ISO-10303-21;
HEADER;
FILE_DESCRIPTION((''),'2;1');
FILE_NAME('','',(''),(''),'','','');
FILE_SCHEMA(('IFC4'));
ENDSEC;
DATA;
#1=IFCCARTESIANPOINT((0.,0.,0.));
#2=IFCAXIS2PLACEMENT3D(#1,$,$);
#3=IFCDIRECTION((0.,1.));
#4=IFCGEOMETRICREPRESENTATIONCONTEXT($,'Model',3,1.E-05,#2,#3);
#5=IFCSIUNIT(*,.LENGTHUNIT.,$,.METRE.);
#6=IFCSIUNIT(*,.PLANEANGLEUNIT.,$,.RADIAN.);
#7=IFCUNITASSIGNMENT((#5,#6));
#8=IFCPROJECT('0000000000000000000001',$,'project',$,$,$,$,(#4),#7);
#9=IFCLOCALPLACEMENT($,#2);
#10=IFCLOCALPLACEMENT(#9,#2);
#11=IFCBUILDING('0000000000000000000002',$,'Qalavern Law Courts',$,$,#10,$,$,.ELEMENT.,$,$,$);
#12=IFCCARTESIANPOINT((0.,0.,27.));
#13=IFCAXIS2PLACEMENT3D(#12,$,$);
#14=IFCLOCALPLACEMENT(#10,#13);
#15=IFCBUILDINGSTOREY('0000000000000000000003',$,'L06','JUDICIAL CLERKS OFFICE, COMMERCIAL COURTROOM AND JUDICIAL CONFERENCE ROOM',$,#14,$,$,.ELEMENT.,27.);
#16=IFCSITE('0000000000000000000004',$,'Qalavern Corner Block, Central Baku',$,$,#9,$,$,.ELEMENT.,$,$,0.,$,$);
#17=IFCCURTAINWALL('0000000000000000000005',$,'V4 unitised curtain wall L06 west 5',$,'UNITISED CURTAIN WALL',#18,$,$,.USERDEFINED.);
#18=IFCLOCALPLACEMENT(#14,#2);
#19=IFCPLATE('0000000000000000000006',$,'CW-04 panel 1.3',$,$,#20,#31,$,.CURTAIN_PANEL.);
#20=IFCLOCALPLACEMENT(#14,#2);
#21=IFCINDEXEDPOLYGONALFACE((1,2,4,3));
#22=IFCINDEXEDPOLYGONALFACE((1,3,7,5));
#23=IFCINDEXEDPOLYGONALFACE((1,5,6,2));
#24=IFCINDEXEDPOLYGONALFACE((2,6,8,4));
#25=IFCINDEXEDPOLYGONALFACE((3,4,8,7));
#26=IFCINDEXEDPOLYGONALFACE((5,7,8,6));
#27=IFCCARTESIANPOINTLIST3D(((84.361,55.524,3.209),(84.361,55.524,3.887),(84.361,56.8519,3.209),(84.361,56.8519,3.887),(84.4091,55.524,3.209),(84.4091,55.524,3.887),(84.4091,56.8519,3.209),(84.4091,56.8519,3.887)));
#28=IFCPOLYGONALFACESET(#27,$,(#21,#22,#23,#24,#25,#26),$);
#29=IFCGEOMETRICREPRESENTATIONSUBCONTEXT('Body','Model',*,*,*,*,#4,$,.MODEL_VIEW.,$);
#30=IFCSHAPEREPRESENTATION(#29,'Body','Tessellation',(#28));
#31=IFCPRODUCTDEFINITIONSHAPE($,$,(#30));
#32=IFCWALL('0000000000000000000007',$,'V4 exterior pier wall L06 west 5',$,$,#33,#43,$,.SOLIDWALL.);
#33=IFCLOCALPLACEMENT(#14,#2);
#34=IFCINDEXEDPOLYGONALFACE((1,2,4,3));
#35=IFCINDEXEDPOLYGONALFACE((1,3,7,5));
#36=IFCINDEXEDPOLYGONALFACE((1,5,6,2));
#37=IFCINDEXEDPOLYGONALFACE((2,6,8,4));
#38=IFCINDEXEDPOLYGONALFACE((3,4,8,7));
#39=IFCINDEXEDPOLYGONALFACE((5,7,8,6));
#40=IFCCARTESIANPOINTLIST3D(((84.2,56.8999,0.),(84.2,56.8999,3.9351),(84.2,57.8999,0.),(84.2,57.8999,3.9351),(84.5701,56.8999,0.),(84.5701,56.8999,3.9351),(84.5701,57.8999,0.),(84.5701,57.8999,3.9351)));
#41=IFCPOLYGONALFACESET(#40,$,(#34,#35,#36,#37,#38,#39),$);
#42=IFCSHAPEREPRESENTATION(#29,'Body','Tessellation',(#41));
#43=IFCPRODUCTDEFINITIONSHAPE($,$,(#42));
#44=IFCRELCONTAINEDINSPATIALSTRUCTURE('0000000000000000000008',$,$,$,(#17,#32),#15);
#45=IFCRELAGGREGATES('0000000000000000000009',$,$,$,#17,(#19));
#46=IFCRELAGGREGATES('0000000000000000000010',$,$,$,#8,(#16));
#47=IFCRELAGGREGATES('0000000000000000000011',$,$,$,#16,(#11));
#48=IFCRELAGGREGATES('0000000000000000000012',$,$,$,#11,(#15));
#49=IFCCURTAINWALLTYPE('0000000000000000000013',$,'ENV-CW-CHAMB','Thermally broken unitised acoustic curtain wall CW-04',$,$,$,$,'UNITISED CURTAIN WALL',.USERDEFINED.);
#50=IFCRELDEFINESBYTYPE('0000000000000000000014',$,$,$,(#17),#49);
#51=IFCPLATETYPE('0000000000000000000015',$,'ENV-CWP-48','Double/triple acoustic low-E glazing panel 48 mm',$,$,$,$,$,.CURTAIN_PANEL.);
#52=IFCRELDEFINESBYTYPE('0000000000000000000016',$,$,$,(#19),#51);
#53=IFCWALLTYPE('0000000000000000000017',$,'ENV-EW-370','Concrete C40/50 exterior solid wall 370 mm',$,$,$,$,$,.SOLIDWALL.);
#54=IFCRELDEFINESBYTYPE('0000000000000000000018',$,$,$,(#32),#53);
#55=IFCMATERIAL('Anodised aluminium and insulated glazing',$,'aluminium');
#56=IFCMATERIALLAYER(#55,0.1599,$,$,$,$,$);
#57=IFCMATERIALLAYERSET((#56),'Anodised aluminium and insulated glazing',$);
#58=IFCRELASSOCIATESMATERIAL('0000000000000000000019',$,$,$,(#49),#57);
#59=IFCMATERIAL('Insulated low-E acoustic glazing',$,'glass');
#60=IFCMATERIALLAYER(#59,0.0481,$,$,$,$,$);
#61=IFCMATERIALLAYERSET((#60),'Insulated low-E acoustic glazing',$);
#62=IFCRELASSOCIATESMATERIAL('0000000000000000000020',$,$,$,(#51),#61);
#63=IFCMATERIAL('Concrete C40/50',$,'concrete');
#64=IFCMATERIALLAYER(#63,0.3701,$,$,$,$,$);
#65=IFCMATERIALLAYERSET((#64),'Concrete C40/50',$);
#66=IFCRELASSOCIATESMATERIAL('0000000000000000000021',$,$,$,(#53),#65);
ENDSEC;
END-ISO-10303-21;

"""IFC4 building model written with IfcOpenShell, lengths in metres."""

from ifc_helpers import new_model, si_unit, direction, frame, frame_2d, origin, origin_2d, place, context, subcontext, project, spatial, rectangle, extrude, material, layer, layer_set, type_object, element, aggregate, save


model = new_model("IFC4")

# Units and contexts
model_context = context("Model", 3, precision=1e-05, world=origin(), true_north=direction((0.0, 1.0)))
body_context = subcontext(model_context, "Body", "Model", "MODEL_VIEW")
ifc_project = project(units=[si_unit("LENGTHUNIT", "METRE"), si_unit("PLANEANGLEUNIT", "RADIAN")], contexts=[model_context])

# Site, building, storey
site_placement = place(None, origin())
site = spatial("IfcSite", under=ifc_project, at=site_placement, Name="Qalavern Corner Block, Central Baku", CompositionType="ELEMENT", RefElevation=0.0)
building_placement = place(site_placement, origin())
building = spatial("IfcBuilding", under=site, at=building_placement, Name="Qalavern Law Courts", CompositionType="ELEMENT")
storey_placement = place(building_placement, frame((0.0, 0.0, 27.0)))
storey = spatial("IfcBuildingStorey", under=building, at=storey_placement, Name="L06", Description="JUDICIAL CLERKS OFFICE, COMMERCIAL COURTROOM AND JUDICIAL CONFERENCE ROOM", CompositionType="ELEMENT", Elevation=27.0)

# Curtain wall
ifc_material_1 = material(Name="Anodised aluminium and insulated glazing", Category="aluminium")
ifc_layer_1 = layer(ifc_material_1, 0.1599)
ifc_layer_set_1 = layer_set([ifc_layer_1], Name="Anodised aluminium and insulated glazing")
curtain_wall_type = type_object("IfcCurtainWallType", Name="ENV-CW-CHAMB", Description="Thermally broken unitised acoustic curtain wall CW-04", ElementType="UNITISED CURTAIN WALL", PredefinedType="USERDEFINED", material=ifc_layer_set_1)
curtain_wall_1_placement = place(storey_placement, origin())
curtain_wall_1 = element("IfcCurtainWall", 1, at=curtain_wall_1_placement, inside=storey, type_object=curtain_wall_type, Name="V4 unitised curtain wall L06 west 5", ObjectType="UNITISED CURTAIN WALL", PredefinedType="USERDEFINED")

# Shared definitions
ifc_material_2 = material(Name="Concrete C40/50", Category="concrete")

# Plate
ifc_material_3 = material(Name="Insulated low-E acoustic glazing", Category="glass")
ifc_layer_2 = layer(ifc_material_3, 0.0481)
ifc_layer_set_2 = layer_set([ifc_layer_2], Name="Insulated low-E acoustic glazing")
plate_type_1 = type_object("IfcPlateType", Name="ENV-CWP-48", Description="Double/triple acoustic low-E glazing panel 48 mm", PredefinedType="CURTAIN_PANEL", material=ifc_layer_set_2)
plate_1_placement = place(storey_placement, frame((84.385, 56.188, 3.209), z_axis=(0.0, 0.0, 1.0), x_axis=(0.0, -1.0, 0.0)))
plate_1 = element("IfcPlate", 2, at=plate_1_placement, type_object=plate_type_1, Name="CW-04 panel 1.3", PredefinedType="CURTAIN_PANEL", context=body_context, shape_type="SweptSolid", body=[
    extrude(rectangle(XDim=1.3279, YDim=0.0481, at=origin_2d()), origin(), (0.0, 0.0, 1.0), 0.678),
])
aggregate(curtain_wall_1, [plate_1])

# Wall
ifc_layer_3 = layer(ifc_material_2, 0.3701)
ifc_layer_set_3 = layer_set([ifc_layer_3], Name="Concrete C40/50")
wall_type = type_object("IfcWallType", Name="ENV-EW-370", Description="Concrete C40/50 exterior solid wall 370 mm", PredefinedType="SOLIDWALL", material=ifc_layer_set_3)
wall_placement = place(storey_placement, frame((84.385, 57.8999, 0.0), z_axis=(0.0, 0.0, 1.0), x_axis=(0.0, -1.0, 0.0)))
element("IfcWall", 3, at=wall_placement, inside=storey, type_object=wall_type, Name="V4 exterior pier wall L06 west 5", PredefinedType="SOLIDWALL", context=body_context, shape_type="SweptSolid", body=[
    extrude(rectangle(XDim=1.0, YDim=0.3701, at=frame_2d((0.5, 0.0))), origin(), (0.0, 0.0, 1.0), 3.9351),
])

save(model, "model.ifc")
